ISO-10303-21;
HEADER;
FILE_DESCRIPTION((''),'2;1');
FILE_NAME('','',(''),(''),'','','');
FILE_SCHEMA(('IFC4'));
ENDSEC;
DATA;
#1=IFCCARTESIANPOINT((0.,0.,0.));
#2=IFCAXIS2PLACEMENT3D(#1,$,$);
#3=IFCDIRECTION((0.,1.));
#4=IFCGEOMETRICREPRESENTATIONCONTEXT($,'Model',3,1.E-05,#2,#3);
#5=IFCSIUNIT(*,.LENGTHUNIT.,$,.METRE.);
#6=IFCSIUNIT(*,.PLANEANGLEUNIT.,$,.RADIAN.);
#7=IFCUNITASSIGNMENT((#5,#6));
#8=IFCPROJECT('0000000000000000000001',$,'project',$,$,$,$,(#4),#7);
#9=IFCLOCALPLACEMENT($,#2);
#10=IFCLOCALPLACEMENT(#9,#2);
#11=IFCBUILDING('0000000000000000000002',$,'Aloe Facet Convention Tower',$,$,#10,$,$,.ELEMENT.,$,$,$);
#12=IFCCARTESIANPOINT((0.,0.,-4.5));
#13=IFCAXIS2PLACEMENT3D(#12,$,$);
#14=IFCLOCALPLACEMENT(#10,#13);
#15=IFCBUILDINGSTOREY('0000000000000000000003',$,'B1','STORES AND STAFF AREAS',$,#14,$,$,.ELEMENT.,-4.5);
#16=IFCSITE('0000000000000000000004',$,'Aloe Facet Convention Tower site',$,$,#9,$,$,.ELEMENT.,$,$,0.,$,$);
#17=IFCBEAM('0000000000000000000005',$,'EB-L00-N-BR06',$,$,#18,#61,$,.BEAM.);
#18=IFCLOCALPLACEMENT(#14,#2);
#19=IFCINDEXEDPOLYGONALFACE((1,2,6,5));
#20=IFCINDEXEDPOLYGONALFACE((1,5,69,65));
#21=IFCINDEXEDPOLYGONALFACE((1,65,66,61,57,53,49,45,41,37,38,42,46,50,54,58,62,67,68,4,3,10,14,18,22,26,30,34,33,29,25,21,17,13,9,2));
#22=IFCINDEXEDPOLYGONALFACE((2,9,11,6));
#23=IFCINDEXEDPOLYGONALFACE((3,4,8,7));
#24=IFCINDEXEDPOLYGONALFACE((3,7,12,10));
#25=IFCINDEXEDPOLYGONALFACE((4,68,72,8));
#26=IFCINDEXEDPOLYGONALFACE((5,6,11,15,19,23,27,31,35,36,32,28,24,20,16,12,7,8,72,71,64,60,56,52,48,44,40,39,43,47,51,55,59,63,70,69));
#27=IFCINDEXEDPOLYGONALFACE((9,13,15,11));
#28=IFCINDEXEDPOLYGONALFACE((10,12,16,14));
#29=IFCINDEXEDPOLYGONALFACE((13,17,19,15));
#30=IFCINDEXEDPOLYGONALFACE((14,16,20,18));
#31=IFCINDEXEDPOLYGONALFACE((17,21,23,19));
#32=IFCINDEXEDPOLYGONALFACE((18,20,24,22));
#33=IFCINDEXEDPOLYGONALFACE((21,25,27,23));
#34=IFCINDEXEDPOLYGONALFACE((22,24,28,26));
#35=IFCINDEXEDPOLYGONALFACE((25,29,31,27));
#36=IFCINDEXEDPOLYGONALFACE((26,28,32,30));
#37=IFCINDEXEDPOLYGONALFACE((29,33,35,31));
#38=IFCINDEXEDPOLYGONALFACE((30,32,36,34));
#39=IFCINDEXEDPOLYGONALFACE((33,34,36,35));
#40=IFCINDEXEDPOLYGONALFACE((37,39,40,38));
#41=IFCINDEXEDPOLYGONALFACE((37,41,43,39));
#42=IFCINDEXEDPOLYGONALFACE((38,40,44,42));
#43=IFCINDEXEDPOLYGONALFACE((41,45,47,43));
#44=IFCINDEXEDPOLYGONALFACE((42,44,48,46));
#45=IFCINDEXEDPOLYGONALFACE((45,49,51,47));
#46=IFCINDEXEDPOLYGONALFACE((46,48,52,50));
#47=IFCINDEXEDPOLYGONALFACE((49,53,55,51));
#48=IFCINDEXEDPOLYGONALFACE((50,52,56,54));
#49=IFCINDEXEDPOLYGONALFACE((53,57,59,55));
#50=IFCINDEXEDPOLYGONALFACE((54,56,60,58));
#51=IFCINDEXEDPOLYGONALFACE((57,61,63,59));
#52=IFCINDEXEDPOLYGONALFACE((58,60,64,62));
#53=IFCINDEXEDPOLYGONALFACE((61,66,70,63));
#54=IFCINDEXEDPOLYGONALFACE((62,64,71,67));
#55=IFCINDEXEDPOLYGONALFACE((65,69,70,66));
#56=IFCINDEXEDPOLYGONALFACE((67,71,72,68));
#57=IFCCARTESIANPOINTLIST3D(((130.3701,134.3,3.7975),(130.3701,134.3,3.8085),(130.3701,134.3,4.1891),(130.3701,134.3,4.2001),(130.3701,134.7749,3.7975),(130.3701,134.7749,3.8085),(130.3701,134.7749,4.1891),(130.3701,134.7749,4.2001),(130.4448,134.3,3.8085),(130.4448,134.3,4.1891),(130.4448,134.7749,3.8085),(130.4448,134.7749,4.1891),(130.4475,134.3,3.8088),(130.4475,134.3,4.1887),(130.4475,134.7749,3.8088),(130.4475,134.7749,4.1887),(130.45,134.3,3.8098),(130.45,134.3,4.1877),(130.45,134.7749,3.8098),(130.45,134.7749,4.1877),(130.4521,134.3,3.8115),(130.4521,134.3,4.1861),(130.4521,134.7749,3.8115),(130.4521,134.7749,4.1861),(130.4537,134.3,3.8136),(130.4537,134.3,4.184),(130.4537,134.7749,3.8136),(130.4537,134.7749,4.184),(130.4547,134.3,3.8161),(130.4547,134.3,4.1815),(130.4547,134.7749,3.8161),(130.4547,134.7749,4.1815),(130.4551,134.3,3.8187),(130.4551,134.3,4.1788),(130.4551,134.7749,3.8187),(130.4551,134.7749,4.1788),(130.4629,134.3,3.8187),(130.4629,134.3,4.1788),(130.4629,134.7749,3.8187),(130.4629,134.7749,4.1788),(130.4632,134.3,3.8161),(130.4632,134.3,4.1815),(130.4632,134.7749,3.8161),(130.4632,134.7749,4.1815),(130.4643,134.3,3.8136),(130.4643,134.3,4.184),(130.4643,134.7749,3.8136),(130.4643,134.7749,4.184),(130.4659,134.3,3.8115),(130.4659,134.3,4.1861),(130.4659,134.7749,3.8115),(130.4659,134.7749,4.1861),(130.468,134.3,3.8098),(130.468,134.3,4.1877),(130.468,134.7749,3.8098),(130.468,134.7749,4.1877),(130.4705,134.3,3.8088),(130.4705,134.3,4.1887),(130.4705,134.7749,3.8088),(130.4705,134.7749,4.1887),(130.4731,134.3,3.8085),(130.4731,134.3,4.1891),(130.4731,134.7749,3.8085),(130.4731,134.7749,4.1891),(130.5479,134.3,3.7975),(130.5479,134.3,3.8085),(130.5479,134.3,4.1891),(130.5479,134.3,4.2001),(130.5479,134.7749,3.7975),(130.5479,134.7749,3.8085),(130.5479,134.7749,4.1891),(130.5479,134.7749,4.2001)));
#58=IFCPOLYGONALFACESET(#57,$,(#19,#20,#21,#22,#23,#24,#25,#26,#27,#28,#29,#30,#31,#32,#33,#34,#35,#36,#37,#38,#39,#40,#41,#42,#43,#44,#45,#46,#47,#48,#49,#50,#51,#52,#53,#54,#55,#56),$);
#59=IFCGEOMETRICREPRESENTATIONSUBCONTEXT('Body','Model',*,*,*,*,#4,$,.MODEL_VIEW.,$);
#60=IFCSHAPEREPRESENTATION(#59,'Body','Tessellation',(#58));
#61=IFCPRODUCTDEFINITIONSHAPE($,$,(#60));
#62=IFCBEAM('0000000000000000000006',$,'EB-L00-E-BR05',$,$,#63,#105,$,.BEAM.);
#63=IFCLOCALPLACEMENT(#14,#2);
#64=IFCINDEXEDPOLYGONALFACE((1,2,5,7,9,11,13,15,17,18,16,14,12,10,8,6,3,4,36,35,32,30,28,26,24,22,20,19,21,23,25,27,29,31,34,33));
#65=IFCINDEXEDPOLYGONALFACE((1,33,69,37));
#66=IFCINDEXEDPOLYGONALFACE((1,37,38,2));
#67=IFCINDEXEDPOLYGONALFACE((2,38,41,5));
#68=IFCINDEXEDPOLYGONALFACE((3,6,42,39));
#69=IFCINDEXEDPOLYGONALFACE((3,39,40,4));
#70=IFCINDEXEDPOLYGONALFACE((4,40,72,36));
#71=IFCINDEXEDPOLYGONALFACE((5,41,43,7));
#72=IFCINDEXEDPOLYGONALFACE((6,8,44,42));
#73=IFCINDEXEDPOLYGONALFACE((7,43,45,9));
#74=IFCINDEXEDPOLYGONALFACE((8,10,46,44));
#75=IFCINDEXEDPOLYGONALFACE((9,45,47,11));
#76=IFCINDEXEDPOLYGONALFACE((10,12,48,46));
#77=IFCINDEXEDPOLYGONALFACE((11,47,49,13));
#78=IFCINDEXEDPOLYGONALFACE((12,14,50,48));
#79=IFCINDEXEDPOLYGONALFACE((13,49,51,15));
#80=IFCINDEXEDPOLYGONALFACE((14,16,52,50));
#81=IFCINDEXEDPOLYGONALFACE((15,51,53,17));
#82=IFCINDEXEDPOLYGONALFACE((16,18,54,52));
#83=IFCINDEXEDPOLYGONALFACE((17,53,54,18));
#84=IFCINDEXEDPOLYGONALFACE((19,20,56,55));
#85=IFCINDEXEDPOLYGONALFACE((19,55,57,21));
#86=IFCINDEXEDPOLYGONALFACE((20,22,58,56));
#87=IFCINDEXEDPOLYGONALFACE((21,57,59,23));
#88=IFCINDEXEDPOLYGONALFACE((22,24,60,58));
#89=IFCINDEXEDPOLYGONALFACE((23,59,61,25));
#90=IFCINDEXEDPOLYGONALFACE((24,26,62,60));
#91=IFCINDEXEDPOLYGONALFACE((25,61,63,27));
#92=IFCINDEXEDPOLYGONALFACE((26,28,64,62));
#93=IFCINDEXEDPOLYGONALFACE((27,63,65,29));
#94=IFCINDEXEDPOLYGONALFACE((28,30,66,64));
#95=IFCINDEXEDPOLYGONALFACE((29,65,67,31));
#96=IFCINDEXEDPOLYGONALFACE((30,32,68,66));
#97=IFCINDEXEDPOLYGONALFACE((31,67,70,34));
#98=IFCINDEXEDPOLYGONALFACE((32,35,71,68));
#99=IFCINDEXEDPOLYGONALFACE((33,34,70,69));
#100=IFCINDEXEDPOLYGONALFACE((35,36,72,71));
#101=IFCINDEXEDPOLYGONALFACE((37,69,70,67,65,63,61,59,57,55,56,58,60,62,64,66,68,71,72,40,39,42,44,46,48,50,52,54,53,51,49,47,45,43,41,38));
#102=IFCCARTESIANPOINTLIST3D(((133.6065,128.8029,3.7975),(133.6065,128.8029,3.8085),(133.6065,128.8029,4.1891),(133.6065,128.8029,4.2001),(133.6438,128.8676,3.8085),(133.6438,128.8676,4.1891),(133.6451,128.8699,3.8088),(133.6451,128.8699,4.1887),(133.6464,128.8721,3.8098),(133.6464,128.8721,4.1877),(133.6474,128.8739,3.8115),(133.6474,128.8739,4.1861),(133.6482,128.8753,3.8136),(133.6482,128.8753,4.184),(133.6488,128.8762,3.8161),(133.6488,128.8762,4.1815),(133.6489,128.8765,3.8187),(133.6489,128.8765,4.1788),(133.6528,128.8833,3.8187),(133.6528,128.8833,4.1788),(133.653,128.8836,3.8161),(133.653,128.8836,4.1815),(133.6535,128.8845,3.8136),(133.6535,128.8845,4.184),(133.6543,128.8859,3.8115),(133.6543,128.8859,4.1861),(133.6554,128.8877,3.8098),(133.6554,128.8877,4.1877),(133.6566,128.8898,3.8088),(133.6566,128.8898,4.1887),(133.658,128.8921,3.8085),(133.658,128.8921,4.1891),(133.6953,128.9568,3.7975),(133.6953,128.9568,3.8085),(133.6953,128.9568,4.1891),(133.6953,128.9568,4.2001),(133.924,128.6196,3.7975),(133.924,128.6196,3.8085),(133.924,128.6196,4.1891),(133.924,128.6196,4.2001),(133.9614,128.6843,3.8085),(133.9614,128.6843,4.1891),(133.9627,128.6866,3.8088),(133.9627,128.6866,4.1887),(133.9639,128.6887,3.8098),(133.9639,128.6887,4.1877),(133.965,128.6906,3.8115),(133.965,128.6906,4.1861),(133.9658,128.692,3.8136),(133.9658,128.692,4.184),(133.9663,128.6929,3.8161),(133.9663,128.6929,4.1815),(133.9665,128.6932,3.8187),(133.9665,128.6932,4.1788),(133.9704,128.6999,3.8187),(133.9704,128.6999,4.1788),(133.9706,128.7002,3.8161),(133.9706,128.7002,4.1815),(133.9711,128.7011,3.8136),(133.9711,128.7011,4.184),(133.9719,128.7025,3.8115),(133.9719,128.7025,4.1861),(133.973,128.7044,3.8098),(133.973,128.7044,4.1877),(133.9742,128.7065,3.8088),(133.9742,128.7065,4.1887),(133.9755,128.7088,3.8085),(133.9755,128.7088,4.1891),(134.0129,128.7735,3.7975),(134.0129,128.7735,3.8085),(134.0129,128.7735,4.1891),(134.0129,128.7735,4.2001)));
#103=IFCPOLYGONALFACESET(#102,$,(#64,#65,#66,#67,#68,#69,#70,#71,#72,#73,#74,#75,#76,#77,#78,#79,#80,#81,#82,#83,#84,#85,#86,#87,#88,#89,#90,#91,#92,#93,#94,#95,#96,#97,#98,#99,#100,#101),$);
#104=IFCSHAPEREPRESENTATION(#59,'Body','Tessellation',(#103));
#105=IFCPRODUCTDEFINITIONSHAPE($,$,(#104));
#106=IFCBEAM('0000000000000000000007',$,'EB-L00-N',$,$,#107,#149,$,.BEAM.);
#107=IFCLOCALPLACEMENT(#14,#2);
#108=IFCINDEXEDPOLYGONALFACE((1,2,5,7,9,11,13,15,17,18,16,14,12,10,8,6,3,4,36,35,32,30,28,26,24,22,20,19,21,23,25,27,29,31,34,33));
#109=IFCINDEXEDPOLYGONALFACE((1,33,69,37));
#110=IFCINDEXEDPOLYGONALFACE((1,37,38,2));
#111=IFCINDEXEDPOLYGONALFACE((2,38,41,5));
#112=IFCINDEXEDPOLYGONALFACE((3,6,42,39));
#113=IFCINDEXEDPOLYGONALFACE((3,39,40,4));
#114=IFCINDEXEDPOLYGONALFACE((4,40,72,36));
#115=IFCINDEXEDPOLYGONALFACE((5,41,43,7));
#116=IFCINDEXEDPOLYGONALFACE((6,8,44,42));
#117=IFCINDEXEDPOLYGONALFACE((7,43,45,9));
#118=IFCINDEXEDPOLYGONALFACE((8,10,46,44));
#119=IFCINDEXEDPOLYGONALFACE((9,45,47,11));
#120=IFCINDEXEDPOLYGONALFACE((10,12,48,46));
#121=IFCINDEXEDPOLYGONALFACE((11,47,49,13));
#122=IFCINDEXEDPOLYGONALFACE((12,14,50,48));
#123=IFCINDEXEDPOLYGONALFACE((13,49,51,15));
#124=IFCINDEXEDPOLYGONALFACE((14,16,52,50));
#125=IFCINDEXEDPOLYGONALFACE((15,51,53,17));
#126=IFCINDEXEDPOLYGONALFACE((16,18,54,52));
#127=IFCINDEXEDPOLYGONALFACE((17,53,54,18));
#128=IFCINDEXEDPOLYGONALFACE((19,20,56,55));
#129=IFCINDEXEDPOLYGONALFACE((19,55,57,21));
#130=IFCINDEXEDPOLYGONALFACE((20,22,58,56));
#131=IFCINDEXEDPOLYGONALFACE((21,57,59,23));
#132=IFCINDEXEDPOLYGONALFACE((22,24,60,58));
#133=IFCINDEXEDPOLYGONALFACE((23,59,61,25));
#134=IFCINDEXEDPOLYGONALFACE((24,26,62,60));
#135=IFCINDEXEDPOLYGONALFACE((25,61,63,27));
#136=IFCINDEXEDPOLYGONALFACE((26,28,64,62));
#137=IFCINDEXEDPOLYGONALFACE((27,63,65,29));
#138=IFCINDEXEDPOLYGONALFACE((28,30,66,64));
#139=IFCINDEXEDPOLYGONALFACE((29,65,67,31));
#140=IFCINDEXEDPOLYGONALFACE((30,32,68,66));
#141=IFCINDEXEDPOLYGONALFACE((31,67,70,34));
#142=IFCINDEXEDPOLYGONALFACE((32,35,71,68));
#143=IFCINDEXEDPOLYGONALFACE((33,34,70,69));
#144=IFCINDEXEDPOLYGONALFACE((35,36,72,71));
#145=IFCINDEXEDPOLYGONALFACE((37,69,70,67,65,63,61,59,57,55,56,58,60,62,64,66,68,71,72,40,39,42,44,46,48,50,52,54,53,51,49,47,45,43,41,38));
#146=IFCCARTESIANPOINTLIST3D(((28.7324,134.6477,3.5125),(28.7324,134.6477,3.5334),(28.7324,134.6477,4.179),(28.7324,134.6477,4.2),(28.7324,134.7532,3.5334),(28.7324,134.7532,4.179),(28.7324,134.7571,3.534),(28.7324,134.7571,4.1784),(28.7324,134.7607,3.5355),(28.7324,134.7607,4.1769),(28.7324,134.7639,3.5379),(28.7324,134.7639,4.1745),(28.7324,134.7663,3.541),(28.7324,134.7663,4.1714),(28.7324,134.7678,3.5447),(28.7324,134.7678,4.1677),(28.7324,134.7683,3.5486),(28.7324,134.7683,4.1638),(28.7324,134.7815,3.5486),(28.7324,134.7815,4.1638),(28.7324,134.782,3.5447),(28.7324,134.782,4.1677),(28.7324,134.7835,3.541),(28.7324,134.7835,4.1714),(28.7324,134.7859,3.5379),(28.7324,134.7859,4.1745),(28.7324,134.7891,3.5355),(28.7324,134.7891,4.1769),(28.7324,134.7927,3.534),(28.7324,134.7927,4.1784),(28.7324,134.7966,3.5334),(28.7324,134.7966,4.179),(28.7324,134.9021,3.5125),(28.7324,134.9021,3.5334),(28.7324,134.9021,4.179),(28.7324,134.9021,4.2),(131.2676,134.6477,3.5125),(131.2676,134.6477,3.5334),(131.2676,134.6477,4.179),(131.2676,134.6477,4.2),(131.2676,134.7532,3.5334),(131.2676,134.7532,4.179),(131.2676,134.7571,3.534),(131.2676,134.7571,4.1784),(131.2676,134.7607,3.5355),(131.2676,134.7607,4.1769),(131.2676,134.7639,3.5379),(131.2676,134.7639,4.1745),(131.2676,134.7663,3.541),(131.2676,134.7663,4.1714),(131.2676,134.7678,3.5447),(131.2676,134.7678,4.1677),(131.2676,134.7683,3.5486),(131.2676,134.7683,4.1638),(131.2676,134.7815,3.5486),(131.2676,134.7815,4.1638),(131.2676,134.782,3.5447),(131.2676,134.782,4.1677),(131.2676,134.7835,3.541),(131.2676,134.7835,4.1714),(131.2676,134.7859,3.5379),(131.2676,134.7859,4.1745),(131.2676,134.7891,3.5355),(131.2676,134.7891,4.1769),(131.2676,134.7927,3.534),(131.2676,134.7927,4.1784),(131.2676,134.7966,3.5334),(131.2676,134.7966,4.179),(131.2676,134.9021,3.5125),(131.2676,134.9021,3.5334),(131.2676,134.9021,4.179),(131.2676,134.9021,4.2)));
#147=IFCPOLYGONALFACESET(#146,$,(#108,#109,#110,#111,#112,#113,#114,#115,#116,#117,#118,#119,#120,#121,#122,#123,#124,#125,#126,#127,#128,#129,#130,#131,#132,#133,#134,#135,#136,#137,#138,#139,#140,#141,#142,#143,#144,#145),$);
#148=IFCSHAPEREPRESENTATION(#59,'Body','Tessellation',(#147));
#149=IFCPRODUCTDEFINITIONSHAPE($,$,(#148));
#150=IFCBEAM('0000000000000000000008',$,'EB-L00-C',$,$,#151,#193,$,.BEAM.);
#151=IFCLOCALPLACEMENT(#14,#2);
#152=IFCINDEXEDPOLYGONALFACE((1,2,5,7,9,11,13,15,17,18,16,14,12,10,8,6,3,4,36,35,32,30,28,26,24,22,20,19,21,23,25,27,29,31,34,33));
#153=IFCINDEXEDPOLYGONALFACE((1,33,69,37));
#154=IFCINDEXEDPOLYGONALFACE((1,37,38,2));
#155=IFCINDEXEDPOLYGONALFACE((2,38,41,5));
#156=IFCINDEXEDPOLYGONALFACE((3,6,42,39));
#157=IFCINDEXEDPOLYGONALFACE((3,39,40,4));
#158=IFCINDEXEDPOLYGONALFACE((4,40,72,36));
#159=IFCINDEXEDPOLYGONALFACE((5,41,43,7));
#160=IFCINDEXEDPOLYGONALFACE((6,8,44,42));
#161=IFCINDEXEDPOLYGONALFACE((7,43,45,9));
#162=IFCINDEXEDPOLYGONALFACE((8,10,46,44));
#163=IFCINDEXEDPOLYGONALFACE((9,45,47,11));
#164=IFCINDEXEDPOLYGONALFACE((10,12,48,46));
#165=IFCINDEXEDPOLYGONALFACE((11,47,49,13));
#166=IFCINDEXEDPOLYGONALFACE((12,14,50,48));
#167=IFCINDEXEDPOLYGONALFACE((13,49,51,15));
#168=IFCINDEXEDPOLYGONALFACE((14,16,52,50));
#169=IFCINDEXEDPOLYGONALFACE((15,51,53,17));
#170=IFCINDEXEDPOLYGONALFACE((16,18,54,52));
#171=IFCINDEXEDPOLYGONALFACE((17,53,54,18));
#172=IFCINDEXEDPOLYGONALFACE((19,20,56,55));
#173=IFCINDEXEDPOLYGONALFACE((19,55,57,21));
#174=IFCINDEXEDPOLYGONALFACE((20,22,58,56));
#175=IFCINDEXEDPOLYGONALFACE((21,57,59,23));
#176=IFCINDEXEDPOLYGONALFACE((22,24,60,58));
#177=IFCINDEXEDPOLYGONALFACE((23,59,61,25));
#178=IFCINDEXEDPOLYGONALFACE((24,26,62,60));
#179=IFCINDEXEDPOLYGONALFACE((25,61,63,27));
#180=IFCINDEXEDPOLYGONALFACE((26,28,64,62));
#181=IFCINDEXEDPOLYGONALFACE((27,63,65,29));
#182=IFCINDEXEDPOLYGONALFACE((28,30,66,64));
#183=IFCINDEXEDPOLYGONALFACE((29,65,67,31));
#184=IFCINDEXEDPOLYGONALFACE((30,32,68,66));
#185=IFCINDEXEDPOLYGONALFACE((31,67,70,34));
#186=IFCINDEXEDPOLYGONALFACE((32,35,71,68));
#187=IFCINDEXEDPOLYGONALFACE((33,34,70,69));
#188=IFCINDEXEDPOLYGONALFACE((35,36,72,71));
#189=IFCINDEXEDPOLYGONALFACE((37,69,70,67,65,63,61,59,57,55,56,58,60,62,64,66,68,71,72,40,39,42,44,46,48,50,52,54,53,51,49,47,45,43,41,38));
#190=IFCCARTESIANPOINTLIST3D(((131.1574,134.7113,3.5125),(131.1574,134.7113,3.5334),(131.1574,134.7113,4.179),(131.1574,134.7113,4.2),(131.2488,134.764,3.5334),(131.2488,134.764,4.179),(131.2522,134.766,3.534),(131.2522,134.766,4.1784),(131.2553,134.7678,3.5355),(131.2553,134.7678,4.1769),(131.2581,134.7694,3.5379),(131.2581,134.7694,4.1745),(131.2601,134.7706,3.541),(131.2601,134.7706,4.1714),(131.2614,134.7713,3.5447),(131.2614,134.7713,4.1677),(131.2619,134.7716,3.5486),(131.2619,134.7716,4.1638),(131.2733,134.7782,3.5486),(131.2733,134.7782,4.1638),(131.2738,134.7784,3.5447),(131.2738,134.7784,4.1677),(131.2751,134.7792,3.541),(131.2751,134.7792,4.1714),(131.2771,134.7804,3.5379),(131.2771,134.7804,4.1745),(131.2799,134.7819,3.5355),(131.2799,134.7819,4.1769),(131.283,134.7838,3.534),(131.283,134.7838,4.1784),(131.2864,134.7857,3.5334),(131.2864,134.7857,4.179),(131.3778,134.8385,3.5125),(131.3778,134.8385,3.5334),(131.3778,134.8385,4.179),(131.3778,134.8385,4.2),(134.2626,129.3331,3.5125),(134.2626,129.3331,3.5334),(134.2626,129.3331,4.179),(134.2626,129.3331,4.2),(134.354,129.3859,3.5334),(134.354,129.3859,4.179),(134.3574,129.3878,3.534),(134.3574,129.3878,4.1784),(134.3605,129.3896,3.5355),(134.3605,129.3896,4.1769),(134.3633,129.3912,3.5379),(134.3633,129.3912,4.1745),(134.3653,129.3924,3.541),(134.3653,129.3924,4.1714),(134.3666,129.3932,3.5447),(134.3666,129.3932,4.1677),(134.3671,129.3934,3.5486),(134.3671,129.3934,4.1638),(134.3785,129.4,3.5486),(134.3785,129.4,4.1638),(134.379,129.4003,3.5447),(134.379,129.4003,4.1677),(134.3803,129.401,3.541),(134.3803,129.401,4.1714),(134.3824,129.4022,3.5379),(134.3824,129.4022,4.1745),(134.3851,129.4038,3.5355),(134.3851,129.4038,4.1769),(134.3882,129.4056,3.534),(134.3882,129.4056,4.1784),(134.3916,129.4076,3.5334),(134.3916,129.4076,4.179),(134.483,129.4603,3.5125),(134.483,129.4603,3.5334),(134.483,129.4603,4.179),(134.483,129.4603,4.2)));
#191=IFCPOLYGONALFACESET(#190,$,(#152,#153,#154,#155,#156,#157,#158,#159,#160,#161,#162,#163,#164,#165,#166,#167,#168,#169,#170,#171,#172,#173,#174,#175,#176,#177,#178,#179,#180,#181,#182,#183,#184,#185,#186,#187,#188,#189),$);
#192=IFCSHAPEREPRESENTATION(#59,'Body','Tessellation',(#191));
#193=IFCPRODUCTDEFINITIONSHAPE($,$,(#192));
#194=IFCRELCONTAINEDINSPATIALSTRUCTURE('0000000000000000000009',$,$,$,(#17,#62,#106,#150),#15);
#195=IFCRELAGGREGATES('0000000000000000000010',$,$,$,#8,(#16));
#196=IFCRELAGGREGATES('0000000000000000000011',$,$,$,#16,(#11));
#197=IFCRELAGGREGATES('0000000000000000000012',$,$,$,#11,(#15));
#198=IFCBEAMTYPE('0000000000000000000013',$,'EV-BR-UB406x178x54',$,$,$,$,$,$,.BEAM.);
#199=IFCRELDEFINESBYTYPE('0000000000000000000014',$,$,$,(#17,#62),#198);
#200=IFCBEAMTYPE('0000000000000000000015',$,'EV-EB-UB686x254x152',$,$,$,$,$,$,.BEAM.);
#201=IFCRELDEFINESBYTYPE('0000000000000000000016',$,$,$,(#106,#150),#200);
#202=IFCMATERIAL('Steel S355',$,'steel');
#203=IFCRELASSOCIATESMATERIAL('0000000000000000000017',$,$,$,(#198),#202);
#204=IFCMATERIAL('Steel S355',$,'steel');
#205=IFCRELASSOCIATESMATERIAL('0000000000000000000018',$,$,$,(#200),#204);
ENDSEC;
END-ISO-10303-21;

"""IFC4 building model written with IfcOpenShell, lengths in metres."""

from ifc_helpers import new_model, si_unit, direction, frame, origin, origin_2d, place, context, subcontext, project, spatial, i_section, extrude, material, material_profile, profile_set, type_object, element, save


model = new_model("IFC4")

# Units and contexts
model_context = context("Model", 3, precision=1e-05, world=origin(), true_north=direction((0.0, 1.0)))
body_context = subcontext(model_context, "Body", "Model", "MODEL_VIEW")
ifc_project = project(units=[si_unit("LENGTHUNIT", "METRE"), si_unit("PLANEANGLEUNIT", "RADIAN")], contexts=[model_context])

# Site, building, storey
site_placement = place(None, origin())
site = spatial("IfcSite", under=ifc_project, at=site_placement, Name="Aloe Facet Convention Tower site", CompositionType="ELEMENT", RefElevation=0.0)
building_placement = place(site_placement, origin())
building = spatial("IfcBuilding", under=site, at=building_placement, Name="Aloe Facet Convention Tower", CompositionType="ELEMENT")
storey_placement = place(building_placement, frame((0.0, 0.0, -4.5)))
storey = spatial("IfcBuildingStorey", under=building, at=storey_placement, Name="B1", Description="STORES AND STAFF AREAS", CompositionType="ELEMENT", Elevation=-4.5)

# Beams
ifc_material_1 = material(Name="Steel S355", Category="steel")
ifc_material_profile_1 = material_profile(ifc_material_1, i_section(OverallWidth=0.1777, OverallDepth=0.4026, WebThickness=0.0078, FlangeThickness=0.011, FilletRadius=0.0103, at=origin_2d()), Name="UB 406x178x54")
ifc_profile_set_1 = profile_set([ifc_material_profile_1], Name="Steel S355")
beam_type_1 = type_object("IfcBeamType", Name="EV-BR-UB406x178x54", PredefinedType="BEAM", material=ifc_profile_set_1)
for number, where, z_axis, x_axis, name in (
    (1, (130.459, 134.3, 3.9988), (0.0, 1.0, 0.0), (-1.0, 0.0, 0.0), "EB-L00-N-BR06"),
):
    element("IfcBeam", number, at=place(storey_placement, frame(where, z_axis=z_axis, x_axis=x_axis)), inside=storey, type_object=beam_type_1, Name=name, PredefinedType="BEAM", context=body_context, shape_type="SweptSolid", body=[
        extrude(i_section(OverallWidth=0.1777, OverallDepth=0.4026, WebThickness=0.0078, FlangeThickness=0.011, FilletRadius=0.0103, at=origin_2d()), origin(), (0.0, 0.0, 1.0), 0.4749),
    ])
beam_1_placement = place(storey_placement, frame((133.6509, 128.8799, 3.9988), z_axis=(0.866064, -0.499934, 0.0), x_axis=(0.499934, 0.866064, 0.0)))
element("IfcBeam", 2, at=beam_1_placement, inside=storey, type_object=beam_type_1, Name="EB-L00-E-BR05", PredefinedType="BEAM", context=body_context, shape_type="SweptSolid", body=[
    extrude(i_section(OverallWidth=0.1777, OverallDepth=0.4026, WebThickness=0.0078, FlangeThickness=0.011, FilletRadius=0.0103, at=origin_2d()), origin(), (0.0, 0.0, 1.0), 0.3667),
])
ifc_material_2 = material(Name="Steel S355", Category="steel")
ifc_material_profile_2 = material_profile(ifc_material_2, i_section(OverallWidth=0.2544, OverallDepth=0.6875, WebThickness=0.0132, FlangeThickness=0.021, FilletRadius=0.0151, at=origin_2d()), Name="UB 686x254x152")
ifc_profile_set_2 = profile_set([ifc_material_profile_2], Name="Steel S355")
beam_type_2 = type_object("IfcBeamType", Name="EV-EB-UB686x254x152", PredefinedType="BEAM", material=ifc_profile_set_2)
beam_2_placement = place(storey_placement, frame((131.2676, 134.7749, 3.8562), z_axis=(-1.0, 0.0, 0.0), x_axis=(0.0, -1.0, 0.0)))
element("IfcBeam", 3, at=beam_2_placement, inside=storey, type_object=beam_type_2, Name="EB-L00-N", PredefinedType="BEAM", context=body_context, shape_type="SweptSolid", body=[
    extrude(i_section(OverallWidth=0.2544, OverallDepth=0.6875, WebThickness=0.0132, FlangeThickness=0.021, FilletRadius=0.0151, at=origin_2d()), origin(), (0.0, 0.0, 1.0), 102.5352),
])
beam_3_placement = place(storey_placement, frame((134.3728, 129.3967, 3.8562), z_axis=(-0.500016, 0.866016, 0.0), x_axis=(-0.866016, -0.500016, 0.0)))
element("IfcBeam", 4, at=beam_3_placement, inside=storey, type_object=beam_type_2, Name="EB-L00-C", PredefinedType="BEAM", context=body_context, shape_type="SweptSolid", body=[
    extrude(i_section(OverallWidth=0.2544, OverallDepth=0.6875, WebThickness=0.0132, FlangeThickness=0.021, FilletRadius=0.0151, at=origin_2d()), origin(), (0.0, 0.0, 1.0), 6.2102),
])

save(model, "model.ifc")
